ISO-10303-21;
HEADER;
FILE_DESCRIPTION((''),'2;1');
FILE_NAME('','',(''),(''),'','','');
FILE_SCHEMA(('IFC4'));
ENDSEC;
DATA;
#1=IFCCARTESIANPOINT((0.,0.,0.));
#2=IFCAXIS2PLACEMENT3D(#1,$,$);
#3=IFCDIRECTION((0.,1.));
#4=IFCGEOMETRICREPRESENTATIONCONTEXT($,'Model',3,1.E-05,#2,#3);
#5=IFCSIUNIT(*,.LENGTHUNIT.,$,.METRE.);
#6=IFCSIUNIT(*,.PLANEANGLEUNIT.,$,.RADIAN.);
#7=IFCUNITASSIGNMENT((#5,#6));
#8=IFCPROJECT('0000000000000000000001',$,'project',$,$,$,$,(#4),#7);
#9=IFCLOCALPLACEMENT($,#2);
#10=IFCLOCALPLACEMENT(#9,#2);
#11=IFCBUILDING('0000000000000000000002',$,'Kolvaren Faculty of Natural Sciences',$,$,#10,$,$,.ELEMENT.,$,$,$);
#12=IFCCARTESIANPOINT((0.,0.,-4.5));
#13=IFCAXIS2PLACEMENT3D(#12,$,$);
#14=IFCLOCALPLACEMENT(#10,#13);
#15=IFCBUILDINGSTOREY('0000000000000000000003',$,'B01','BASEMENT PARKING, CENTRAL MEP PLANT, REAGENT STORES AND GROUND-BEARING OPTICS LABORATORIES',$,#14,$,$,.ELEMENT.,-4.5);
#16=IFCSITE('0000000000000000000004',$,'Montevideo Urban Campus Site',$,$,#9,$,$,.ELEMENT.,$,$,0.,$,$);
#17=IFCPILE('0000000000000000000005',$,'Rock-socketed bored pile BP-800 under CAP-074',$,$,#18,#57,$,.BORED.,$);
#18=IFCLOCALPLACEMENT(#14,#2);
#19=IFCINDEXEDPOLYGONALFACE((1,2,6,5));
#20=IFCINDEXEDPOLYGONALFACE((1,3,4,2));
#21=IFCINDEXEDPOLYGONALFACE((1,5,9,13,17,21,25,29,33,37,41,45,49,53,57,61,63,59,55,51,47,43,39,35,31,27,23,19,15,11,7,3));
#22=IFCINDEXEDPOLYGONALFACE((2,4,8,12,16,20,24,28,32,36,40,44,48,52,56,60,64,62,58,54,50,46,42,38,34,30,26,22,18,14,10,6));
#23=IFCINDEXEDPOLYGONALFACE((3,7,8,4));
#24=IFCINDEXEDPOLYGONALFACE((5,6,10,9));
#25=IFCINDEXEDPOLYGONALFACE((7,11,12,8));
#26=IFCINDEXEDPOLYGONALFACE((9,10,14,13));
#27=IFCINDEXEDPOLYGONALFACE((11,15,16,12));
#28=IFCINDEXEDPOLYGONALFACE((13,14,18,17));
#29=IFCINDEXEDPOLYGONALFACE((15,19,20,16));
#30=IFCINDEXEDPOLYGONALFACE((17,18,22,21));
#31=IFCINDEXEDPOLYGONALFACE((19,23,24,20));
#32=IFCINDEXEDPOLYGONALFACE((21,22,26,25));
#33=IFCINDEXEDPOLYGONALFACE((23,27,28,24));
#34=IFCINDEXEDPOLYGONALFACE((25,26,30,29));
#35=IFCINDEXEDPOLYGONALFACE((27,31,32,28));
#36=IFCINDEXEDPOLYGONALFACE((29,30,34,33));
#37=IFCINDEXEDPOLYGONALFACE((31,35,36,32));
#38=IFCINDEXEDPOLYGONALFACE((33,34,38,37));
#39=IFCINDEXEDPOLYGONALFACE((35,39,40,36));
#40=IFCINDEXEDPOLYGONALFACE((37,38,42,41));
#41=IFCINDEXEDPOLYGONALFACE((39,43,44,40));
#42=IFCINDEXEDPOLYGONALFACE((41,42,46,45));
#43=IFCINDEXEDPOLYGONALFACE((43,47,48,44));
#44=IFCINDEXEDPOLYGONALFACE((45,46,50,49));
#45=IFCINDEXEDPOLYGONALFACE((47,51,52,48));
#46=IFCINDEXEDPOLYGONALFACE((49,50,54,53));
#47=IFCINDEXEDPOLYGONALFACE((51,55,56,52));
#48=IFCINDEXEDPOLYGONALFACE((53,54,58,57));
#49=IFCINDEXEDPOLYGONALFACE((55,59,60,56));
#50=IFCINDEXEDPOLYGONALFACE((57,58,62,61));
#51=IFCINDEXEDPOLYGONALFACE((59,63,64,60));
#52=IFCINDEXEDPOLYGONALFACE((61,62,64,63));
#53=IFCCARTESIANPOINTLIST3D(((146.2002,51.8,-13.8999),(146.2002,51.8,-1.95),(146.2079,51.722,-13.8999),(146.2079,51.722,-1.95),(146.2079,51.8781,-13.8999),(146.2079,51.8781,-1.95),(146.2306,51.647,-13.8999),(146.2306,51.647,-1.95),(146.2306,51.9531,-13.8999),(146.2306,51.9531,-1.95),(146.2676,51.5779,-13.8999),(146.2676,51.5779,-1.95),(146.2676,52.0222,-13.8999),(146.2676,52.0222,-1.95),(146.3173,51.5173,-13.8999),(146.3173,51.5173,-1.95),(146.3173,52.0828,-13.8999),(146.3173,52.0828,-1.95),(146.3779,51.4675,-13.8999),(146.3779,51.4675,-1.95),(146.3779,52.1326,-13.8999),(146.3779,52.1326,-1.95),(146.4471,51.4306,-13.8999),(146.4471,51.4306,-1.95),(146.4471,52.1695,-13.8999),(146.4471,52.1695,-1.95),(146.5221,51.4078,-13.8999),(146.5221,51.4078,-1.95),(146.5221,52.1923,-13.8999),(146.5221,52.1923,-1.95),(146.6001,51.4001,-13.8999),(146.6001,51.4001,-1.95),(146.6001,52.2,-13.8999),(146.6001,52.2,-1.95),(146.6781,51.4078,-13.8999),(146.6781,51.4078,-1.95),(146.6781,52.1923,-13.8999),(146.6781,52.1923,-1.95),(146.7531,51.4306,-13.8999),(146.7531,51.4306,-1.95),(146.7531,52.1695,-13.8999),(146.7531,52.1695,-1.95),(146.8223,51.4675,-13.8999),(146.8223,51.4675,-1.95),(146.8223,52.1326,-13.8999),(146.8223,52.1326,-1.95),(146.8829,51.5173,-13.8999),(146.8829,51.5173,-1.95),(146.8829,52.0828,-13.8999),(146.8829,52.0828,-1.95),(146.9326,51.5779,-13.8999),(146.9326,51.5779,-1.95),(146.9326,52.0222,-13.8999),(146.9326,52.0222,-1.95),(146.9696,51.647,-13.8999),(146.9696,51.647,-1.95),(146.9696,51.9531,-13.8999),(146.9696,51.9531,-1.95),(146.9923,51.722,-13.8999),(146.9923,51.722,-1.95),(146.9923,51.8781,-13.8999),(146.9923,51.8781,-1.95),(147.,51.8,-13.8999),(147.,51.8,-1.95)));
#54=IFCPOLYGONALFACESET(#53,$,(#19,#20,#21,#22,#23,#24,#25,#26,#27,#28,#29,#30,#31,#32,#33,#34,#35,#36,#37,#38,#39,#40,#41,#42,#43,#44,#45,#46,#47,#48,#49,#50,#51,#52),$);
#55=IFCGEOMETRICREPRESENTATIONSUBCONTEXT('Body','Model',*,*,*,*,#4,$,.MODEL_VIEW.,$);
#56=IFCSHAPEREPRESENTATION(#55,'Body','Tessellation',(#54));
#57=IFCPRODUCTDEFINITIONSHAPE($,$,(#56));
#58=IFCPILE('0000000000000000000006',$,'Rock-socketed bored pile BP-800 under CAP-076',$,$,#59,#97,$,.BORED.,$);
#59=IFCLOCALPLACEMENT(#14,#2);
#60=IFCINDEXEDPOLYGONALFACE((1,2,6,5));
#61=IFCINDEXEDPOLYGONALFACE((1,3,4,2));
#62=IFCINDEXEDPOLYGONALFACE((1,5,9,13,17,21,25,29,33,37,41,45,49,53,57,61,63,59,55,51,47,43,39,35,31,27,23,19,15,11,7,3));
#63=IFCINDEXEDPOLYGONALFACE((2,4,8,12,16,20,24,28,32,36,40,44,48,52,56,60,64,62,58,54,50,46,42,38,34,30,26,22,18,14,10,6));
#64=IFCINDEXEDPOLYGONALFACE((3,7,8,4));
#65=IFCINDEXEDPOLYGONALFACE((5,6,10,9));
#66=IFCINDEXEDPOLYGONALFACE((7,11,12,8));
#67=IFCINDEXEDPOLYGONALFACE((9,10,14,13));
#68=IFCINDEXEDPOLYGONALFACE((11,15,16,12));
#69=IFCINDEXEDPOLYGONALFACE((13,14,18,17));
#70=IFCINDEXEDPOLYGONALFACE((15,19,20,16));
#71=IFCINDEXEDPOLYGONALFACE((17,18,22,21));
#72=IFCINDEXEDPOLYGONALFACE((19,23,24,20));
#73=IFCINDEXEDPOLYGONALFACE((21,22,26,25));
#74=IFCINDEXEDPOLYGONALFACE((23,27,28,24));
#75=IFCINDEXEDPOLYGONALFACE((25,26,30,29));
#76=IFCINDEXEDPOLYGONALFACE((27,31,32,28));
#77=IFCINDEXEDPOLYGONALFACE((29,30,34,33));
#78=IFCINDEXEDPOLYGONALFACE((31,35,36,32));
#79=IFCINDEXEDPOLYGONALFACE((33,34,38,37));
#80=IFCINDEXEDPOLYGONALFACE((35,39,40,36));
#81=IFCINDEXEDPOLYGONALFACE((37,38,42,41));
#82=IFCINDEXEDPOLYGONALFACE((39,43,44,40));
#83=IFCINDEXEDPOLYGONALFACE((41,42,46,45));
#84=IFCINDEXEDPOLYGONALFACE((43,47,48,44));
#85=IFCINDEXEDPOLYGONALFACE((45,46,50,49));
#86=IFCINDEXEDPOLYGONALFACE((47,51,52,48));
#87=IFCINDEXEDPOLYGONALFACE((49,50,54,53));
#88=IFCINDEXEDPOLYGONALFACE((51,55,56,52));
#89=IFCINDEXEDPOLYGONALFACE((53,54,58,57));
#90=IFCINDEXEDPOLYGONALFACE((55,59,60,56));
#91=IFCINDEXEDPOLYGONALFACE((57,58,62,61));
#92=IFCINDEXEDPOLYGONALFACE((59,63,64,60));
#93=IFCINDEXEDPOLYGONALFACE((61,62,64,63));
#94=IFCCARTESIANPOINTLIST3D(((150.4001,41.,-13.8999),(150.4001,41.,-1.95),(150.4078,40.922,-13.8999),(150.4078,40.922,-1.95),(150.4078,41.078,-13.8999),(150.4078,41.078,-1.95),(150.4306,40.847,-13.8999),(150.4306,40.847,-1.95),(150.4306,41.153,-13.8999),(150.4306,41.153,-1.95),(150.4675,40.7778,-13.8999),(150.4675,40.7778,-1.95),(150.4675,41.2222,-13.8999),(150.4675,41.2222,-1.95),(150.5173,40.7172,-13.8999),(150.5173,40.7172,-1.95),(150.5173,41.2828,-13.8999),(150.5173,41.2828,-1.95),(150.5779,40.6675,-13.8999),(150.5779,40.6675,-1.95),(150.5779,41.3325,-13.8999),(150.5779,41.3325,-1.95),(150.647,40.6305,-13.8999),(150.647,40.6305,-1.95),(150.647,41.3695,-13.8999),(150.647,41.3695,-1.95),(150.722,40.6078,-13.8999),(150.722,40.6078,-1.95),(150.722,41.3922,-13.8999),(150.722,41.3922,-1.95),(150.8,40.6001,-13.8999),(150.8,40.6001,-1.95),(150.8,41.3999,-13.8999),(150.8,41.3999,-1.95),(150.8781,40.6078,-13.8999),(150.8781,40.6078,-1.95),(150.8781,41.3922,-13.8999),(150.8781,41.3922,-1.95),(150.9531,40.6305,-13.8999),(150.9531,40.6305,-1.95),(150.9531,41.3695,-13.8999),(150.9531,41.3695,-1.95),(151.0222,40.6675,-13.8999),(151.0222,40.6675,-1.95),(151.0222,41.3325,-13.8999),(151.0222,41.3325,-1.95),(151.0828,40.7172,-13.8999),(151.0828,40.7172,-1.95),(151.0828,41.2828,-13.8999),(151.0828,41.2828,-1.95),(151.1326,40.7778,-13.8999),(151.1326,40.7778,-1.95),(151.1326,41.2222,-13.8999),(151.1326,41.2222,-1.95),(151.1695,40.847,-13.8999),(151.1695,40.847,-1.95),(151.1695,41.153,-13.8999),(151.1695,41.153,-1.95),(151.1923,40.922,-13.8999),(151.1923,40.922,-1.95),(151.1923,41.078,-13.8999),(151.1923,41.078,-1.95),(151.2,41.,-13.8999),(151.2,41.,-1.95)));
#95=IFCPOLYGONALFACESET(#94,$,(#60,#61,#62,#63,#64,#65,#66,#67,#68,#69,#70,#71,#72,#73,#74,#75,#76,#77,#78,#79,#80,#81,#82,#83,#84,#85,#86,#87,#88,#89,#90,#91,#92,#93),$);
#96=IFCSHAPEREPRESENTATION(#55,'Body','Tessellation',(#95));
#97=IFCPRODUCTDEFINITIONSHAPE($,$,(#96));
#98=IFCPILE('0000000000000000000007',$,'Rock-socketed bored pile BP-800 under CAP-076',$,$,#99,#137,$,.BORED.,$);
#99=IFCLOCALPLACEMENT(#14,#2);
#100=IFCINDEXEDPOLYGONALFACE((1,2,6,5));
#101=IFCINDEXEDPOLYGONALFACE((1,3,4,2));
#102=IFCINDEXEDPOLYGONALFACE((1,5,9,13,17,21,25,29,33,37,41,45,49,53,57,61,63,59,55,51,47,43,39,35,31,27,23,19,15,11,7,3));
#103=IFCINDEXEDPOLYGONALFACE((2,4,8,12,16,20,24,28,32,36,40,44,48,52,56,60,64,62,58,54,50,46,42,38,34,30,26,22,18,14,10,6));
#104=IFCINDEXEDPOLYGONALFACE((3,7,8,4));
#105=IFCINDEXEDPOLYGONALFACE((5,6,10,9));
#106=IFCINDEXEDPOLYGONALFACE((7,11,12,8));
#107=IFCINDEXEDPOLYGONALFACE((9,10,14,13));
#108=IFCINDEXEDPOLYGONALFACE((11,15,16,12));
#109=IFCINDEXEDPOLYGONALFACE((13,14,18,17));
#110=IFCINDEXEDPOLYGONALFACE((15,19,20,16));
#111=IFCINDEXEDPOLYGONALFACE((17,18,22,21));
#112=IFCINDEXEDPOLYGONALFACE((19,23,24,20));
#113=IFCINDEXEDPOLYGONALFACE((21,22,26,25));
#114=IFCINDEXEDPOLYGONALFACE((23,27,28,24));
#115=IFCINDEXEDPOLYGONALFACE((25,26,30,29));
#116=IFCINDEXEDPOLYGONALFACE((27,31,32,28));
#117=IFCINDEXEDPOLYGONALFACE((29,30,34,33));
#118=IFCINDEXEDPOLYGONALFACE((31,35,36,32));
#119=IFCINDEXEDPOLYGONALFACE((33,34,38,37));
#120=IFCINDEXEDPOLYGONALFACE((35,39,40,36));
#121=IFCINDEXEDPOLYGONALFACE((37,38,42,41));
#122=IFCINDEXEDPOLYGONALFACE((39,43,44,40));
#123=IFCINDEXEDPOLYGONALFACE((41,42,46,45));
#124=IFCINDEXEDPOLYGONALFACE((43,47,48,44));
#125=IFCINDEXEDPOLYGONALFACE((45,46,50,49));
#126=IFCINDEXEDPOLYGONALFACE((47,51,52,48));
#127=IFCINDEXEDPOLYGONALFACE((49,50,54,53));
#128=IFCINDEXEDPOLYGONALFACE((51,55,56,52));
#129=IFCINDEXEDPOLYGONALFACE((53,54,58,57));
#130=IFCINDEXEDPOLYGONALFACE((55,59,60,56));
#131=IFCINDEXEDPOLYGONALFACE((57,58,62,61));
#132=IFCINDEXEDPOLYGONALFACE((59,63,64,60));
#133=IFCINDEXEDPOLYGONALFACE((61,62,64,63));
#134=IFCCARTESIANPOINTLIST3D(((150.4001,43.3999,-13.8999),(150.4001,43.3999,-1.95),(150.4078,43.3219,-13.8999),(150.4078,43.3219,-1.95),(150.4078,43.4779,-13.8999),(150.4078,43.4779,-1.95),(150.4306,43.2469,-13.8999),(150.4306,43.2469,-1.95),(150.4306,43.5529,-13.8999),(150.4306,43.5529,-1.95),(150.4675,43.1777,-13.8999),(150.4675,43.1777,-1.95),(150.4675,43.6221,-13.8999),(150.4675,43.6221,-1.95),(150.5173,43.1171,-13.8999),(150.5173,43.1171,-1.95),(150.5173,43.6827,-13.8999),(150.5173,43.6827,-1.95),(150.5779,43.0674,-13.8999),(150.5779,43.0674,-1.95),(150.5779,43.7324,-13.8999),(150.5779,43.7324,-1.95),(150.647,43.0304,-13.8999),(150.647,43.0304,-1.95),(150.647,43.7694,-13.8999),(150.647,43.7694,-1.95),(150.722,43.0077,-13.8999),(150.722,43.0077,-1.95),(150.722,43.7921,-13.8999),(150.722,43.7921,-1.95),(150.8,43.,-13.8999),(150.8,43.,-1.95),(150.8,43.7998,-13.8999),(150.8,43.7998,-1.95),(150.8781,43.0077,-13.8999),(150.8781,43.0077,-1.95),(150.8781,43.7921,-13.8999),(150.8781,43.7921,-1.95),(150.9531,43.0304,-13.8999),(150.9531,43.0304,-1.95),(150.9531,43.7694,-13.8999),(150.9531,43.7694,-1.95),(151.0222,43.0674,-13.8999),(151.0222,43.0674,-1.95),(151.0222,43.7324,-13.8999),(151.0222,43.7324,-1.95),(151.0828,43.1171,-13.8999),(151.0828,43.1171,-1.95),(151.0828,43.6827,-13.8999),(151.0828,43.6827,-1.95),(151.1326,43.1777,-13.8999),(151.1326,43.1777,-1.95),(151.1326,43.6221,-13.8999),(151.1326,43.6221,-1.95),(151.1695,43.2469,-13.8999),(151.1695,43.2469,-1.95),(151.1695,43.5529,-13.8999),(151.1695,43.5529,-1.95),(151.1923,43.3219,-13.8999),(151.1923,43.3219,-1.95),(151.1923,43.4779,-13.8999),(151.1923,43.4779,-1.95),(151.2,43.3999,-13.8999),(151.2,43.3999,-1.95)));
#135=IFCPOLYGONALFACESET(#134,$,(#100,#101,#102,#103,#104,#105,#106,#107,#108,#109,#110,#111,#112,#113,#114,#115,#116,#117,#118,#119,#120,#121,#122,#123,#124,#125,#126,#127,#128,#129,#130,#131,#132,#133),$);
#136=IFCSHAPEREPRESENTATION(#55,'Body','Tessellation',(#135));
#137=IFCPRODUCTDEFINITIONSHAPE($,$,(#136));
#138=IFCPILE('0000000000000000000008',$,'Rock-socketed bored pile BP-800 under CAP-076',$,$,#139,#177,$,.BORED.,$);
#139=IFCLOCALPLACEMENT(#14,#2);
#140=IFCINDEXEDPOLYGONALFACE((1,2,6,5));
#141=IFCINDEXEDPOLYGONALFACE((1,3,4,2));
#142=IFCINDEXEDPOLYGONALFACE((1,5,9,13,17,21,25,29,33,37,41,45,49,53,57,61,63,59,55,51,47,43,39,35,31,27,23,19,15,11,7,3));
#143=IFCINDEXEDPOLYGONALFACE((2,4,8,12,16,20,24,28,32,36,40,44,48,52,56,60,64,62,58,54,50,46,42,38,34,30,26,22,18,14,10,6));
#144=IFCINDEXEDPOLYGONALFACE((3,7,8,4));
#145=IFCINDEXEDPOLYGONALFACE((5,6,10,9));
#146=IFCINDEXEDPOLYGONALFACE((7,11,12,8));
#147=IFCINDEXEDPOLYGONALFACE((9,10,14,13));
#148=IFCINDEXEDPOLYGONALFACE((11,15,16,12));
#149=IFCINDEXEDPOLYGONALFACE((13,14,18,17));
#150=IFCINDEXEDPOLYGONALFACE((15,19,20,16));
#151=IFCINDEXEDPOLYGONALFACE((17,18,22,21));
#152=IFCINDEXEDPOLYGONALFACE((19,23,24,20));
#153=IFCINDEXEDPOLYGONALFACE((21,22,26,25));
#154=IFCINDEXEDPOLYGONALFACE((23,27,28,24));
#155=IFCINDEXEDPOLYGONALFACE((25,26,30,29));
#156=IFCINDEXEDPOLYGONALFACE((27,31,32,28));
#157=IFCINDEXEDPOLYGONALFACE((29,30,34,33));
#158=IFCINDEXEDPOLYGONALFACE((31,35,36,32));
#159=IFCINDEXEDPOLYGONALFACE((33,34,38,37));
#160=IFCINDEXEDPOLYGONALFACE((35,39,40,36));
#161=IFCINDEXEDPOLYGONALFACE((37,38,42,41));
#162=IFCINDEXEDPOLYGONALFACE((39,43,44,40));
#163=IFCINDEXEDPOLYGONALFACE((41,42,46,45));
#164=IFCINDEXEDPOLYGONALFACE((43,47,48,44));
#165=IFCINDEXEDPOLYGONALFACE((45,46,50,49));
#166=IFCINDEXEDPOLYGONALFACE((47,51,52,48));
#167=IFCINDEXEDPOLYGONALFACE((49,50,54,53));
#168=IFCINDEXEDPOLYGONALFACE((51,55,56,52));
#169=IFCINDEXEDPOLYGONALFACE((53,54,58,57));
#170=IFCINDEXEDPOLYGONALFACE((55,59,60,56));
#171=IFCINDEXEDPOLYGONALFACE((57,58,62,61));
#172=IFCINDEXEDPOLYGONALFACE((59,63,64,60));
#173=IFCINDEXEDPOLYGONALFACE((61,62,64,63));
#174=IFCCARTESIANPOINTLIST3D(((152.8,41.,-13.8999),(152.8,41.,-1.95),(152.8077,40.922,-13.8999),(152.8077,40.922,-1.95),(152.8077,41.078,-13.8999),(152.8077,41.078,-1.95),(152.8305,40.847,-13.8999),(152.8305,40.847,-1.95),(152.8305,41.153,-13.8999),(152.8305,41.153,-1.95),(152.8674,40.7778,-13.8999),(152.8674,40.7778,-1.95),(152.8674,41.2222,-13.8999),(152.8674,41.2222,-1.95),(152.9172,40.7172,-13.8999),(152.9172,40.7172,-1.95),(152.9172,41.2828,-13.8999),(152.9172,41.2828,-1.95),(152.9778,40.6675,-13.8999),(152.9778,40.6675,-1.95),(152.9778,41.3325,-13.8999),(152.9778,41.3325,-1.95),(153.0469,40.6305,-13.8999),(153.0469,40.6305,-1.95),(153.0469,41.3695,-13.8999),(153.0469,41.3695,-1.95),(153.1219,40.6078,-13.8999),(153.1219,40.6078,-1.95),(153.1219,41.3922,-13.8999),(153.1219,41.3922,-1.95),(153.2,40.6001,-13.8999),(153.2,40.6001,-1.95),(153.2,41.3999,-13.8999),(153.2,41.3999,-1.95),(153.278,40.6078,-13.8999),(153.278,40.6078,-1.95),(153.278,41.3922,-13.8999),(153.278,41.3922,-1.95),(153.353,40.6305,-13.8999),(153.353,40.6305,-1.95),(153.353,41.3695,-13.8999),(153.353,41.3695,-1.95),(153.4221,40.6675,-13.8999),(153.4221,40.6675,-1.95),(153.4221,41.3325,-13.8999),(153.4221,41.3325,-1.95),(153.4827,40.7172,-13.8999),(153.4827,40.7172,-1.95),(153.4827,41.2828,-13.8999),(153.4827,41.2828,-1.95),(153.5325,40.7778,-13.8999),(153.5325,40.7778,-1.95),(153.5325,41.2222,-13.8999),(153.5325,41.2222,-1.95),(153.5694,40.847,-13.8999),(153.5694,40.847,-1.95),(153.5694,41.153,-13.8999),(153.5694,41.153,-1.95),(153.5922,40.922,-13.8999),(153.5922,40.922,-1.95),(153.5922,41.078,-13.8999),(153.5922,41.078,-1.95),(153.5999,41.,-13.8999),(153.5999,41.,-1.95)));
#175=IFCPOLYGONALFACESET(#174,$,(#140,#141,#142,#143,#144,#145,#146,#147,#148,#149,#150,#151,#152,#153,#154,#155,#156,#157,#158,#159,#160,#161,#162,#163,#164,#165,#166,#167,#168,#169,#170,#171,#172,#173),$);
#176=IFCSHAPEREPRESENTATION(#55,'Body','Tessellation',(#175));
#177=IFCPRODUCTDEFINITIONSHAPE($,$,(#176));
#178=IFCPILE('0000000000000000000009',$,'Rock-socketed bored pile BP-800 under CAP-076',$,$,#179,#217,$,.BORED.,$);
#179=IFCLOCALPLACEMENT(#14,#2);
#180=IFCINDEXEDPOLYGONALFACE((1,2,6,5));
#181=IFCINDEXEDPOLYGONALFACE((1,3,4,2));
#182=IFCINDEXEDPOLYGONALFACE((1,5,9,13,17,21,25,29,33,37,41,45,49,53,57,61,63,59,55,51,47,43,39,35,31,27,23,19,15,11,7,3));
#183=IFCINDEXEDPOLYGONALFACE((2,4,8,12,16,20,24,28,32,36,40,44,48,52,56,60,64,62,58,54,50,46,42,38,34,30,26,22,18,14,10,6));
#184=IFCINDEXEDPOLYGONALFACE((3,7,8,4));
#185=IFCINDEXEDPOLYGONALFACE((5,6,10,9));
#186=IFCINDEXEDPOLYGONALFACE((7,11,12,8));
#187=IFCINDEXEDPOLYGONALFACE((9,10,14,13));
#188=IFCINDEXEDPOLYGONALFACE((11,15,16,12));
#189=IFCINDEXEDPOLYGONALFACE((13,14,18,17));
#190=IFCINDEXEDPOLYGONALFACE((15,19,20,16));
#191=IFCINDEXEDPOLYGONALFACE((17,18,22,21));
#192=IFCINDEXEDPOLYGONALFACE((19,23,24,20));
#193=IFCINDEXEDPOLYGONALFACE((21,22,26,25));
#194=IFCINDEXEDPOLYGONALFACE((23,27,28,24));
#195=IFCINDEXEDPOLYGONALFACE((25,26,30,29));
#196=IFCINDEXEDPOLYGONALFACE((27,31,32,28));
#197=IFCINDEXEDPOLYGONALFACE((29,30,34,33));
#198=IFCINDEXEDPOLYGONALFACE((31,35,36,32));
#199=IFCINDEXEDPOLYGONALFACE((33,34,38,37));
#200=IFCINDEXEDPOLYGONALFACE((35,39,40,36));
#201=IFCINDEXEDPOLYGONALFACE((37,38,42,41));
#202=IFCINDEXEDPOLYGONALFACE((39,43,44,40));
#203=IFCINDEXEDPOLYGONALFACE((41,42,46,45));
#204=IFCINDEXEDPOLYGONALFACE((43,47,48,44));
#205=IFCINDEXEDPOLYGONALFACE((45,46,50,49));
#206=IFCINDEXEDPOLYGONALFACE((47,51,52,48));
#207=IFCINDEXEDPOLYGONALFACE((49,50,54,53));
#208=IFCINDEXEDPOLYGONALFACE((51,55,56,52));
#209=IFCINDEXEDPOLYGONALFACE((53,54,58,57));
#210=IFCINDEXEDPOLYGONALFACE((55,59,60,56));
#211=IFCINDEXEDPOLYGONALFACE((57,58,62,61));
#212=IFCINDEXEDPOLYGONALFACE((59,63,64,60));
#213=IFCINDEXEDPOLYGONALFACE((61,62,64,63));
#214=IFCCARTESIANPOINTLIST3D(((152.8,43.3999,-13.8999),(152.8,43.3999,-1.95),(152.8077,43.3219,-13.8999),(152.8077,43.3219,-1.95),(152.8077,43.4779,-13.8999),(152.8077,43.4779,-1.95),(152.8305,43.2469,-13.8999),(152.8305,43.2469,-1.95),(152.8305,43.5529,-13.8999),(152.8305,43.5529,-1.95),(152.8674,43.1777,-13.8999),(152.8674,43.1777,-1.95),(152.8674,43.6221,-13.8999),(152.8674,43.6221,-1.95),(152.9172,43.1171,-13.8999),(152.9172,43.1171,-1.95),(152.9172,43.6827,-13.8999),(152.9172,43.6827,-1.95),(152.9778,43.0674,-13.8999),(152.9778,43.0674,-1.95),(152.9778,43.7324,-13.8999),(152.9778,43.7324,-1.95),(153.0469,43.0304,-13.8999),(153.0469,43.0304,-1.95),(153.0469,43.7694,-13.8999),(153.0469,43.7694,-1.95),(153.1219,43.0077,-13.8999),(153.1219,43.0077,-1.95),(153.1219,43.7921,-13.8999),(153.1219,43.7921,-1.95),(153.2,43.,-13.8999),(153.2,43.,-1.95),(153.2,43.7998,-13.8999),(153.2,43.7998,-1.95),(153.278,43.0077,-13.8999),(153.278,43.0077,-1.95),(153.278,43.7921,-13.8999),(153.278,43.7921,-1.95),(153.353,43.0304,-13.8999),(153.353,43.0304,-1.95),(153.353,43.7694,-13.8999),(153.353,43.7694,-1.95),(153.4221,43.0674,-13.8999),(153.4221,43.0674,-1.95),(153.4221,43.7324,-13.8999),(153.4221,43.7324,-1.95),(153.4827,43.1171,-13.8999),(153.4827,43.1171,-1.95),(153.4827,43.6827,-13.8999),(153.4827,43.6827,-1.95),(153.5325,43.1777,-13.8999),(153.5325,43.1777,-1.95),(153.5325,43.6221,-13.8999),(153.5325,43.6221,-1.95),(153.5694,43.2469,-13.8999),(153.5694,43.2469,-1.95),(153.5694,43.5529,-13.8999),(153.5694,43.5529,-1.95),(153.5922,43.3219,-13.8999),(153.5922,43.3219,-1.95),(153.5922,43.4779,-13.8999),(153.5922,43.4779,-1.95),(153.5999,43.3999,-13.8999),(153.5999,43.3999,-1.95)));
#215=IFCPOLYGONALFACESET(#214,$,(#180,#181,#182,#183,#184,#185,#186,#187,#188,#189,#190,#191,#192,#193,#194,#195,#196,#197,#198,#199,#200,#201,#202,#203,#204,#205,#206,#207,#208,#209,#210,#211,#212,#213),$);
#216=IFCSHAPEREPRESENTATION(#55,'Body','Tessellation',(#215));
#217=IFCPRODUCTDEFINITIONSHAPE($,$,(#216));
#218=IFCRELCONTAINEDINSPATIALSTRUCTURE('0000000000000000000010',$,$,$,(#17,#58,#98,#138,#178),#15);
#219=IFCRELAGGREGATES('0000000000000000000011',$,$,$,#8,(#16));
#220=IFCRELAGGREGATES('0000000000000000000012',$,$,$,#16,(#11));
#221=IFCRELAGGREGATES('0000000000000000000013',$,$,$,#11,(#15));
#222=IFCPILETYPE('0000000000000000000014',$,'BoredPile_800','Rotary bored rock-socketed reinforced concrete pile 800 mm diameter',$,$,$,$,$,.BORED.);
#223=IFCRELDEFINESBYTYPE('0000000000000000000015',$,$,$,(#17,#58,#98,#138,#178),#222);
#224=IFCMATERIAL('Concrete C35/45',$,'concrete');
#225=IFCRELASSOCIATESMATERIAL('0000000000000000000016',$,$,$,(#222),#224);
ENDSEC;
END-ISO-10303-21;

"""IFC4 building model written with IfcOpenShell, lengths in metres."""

from ifc_helpers import new_model, si_unit, direction, frame, origin, origin_2d, place, context, subcontext, project, spatial, circle, extrude, material, material_profile, profile_set, type_object, element, save


model = new_model("IFC4")

# Units and contexts
model_context = context("Model", 3, precision=1e-05, world=origin(), true_north=direction((0.0, 1.0)))
body_context = subcontext(model_context, "Body", "Model", "MODEL_VIEW")
ifc_project = project(units=[si_unit("LENGTHUNIT", "METRE"), si_unit("PLANEANGLEUNIT", "RADIAN")], contexts=[model_context])

# Site, building, storey
site_placement = place(None, origin())
site = spatial("IfcSite", under=ifc_project, at=site_placement, Name="Montevideo Urban Campus Site", CompositionType="ELEMENT", RefElevation=0.0)
building_placement = place(site_placement, origin())
building = spatial("IfcBuilding", under=site, at=building_placement, Name="Kolvaren Faculty of Natural Sciences", CompositionType="ELEMENT")
storey_placement = place(building_placement, frame((0.0, 0.0, -4.5)))
storey = spatial("IfcBuildingStorey", under=building, at=storey_placement, Name="B01", Description="BASEMENT PARKING, CENTRAL MEP PLANT, REAGENT STORES AND GROUND-BEARING OPTICS LABORATORIES", CompositionType="ELEMENT", Elevation=-4.5)

# Piles
ifc_material_1 = material(Name="Concrete C35/45", Category="concrete")
ifc_material_profile_1 = material_profile(ifc_material_1, circle(Radius=0.3999, at=origin_2d()), Name="PILE D800")
ifc_profile_set_1 = profile_set([ifc_material_profile_1], Name="Concrete C35/45")
pile_type_1 = type_object("IfcPileType", Name="BoredPile_800", Description="Rotary bored rock-socketed reinforced concrete pile 800 mm diameter", PredefinedType="BORED", material=ifc_profile_set_1)
for number, where, z_axis, x_axis, name in (
    (1, (146.6001, 51.8, -1.95), (0.0, 0.0, -1.0), (1.0, 0.0, 0.0), "Rock-socketed bored pile BP-800 under CAP-074"),
    (2, (150.8, 41.0, -1.95), (0.0, 0.0, -1.0), (1.0, 0.0, 0.0), "Rock-socketed bored pile BP-800 under CAP-076"),
    (3, (150.8, 43.3999, -1.95), (0.0, 0.0, -1.0), (1.0, 0.0, 0.0), "Rock-socketed bored pile BP-800 under CAP-076"),
    (4, (153.2, 41.0, -1.95), (0.0, 0.0, -1.0), (1.0, 0.0, 0.0), "Rock-socketed bored pile BP-800 under CAP-076"),
    (5, (153.2, 43.3999, -1.95), (0.0, 0.0, -1.0), (1.0, 0.0, 0.0), "Rock-socketed bored pile BP-800 under CAP-076"),
):
    element("IfcPile", number, at=place(storey_placement, frame(where, z_axis=z_axis, x_axis=x_axis)), inside=storey, type_object=pile_type_1, Name=name, PredefinedType="BORED", context=body_context, shape_type="SweptSolid", body=[
        extrude(circle(Radius=0.3999, at=origin_2d()), origin(), (0.0, 0.0, 1.0), 11.95),
    ])

save(model, "model.ifc")
